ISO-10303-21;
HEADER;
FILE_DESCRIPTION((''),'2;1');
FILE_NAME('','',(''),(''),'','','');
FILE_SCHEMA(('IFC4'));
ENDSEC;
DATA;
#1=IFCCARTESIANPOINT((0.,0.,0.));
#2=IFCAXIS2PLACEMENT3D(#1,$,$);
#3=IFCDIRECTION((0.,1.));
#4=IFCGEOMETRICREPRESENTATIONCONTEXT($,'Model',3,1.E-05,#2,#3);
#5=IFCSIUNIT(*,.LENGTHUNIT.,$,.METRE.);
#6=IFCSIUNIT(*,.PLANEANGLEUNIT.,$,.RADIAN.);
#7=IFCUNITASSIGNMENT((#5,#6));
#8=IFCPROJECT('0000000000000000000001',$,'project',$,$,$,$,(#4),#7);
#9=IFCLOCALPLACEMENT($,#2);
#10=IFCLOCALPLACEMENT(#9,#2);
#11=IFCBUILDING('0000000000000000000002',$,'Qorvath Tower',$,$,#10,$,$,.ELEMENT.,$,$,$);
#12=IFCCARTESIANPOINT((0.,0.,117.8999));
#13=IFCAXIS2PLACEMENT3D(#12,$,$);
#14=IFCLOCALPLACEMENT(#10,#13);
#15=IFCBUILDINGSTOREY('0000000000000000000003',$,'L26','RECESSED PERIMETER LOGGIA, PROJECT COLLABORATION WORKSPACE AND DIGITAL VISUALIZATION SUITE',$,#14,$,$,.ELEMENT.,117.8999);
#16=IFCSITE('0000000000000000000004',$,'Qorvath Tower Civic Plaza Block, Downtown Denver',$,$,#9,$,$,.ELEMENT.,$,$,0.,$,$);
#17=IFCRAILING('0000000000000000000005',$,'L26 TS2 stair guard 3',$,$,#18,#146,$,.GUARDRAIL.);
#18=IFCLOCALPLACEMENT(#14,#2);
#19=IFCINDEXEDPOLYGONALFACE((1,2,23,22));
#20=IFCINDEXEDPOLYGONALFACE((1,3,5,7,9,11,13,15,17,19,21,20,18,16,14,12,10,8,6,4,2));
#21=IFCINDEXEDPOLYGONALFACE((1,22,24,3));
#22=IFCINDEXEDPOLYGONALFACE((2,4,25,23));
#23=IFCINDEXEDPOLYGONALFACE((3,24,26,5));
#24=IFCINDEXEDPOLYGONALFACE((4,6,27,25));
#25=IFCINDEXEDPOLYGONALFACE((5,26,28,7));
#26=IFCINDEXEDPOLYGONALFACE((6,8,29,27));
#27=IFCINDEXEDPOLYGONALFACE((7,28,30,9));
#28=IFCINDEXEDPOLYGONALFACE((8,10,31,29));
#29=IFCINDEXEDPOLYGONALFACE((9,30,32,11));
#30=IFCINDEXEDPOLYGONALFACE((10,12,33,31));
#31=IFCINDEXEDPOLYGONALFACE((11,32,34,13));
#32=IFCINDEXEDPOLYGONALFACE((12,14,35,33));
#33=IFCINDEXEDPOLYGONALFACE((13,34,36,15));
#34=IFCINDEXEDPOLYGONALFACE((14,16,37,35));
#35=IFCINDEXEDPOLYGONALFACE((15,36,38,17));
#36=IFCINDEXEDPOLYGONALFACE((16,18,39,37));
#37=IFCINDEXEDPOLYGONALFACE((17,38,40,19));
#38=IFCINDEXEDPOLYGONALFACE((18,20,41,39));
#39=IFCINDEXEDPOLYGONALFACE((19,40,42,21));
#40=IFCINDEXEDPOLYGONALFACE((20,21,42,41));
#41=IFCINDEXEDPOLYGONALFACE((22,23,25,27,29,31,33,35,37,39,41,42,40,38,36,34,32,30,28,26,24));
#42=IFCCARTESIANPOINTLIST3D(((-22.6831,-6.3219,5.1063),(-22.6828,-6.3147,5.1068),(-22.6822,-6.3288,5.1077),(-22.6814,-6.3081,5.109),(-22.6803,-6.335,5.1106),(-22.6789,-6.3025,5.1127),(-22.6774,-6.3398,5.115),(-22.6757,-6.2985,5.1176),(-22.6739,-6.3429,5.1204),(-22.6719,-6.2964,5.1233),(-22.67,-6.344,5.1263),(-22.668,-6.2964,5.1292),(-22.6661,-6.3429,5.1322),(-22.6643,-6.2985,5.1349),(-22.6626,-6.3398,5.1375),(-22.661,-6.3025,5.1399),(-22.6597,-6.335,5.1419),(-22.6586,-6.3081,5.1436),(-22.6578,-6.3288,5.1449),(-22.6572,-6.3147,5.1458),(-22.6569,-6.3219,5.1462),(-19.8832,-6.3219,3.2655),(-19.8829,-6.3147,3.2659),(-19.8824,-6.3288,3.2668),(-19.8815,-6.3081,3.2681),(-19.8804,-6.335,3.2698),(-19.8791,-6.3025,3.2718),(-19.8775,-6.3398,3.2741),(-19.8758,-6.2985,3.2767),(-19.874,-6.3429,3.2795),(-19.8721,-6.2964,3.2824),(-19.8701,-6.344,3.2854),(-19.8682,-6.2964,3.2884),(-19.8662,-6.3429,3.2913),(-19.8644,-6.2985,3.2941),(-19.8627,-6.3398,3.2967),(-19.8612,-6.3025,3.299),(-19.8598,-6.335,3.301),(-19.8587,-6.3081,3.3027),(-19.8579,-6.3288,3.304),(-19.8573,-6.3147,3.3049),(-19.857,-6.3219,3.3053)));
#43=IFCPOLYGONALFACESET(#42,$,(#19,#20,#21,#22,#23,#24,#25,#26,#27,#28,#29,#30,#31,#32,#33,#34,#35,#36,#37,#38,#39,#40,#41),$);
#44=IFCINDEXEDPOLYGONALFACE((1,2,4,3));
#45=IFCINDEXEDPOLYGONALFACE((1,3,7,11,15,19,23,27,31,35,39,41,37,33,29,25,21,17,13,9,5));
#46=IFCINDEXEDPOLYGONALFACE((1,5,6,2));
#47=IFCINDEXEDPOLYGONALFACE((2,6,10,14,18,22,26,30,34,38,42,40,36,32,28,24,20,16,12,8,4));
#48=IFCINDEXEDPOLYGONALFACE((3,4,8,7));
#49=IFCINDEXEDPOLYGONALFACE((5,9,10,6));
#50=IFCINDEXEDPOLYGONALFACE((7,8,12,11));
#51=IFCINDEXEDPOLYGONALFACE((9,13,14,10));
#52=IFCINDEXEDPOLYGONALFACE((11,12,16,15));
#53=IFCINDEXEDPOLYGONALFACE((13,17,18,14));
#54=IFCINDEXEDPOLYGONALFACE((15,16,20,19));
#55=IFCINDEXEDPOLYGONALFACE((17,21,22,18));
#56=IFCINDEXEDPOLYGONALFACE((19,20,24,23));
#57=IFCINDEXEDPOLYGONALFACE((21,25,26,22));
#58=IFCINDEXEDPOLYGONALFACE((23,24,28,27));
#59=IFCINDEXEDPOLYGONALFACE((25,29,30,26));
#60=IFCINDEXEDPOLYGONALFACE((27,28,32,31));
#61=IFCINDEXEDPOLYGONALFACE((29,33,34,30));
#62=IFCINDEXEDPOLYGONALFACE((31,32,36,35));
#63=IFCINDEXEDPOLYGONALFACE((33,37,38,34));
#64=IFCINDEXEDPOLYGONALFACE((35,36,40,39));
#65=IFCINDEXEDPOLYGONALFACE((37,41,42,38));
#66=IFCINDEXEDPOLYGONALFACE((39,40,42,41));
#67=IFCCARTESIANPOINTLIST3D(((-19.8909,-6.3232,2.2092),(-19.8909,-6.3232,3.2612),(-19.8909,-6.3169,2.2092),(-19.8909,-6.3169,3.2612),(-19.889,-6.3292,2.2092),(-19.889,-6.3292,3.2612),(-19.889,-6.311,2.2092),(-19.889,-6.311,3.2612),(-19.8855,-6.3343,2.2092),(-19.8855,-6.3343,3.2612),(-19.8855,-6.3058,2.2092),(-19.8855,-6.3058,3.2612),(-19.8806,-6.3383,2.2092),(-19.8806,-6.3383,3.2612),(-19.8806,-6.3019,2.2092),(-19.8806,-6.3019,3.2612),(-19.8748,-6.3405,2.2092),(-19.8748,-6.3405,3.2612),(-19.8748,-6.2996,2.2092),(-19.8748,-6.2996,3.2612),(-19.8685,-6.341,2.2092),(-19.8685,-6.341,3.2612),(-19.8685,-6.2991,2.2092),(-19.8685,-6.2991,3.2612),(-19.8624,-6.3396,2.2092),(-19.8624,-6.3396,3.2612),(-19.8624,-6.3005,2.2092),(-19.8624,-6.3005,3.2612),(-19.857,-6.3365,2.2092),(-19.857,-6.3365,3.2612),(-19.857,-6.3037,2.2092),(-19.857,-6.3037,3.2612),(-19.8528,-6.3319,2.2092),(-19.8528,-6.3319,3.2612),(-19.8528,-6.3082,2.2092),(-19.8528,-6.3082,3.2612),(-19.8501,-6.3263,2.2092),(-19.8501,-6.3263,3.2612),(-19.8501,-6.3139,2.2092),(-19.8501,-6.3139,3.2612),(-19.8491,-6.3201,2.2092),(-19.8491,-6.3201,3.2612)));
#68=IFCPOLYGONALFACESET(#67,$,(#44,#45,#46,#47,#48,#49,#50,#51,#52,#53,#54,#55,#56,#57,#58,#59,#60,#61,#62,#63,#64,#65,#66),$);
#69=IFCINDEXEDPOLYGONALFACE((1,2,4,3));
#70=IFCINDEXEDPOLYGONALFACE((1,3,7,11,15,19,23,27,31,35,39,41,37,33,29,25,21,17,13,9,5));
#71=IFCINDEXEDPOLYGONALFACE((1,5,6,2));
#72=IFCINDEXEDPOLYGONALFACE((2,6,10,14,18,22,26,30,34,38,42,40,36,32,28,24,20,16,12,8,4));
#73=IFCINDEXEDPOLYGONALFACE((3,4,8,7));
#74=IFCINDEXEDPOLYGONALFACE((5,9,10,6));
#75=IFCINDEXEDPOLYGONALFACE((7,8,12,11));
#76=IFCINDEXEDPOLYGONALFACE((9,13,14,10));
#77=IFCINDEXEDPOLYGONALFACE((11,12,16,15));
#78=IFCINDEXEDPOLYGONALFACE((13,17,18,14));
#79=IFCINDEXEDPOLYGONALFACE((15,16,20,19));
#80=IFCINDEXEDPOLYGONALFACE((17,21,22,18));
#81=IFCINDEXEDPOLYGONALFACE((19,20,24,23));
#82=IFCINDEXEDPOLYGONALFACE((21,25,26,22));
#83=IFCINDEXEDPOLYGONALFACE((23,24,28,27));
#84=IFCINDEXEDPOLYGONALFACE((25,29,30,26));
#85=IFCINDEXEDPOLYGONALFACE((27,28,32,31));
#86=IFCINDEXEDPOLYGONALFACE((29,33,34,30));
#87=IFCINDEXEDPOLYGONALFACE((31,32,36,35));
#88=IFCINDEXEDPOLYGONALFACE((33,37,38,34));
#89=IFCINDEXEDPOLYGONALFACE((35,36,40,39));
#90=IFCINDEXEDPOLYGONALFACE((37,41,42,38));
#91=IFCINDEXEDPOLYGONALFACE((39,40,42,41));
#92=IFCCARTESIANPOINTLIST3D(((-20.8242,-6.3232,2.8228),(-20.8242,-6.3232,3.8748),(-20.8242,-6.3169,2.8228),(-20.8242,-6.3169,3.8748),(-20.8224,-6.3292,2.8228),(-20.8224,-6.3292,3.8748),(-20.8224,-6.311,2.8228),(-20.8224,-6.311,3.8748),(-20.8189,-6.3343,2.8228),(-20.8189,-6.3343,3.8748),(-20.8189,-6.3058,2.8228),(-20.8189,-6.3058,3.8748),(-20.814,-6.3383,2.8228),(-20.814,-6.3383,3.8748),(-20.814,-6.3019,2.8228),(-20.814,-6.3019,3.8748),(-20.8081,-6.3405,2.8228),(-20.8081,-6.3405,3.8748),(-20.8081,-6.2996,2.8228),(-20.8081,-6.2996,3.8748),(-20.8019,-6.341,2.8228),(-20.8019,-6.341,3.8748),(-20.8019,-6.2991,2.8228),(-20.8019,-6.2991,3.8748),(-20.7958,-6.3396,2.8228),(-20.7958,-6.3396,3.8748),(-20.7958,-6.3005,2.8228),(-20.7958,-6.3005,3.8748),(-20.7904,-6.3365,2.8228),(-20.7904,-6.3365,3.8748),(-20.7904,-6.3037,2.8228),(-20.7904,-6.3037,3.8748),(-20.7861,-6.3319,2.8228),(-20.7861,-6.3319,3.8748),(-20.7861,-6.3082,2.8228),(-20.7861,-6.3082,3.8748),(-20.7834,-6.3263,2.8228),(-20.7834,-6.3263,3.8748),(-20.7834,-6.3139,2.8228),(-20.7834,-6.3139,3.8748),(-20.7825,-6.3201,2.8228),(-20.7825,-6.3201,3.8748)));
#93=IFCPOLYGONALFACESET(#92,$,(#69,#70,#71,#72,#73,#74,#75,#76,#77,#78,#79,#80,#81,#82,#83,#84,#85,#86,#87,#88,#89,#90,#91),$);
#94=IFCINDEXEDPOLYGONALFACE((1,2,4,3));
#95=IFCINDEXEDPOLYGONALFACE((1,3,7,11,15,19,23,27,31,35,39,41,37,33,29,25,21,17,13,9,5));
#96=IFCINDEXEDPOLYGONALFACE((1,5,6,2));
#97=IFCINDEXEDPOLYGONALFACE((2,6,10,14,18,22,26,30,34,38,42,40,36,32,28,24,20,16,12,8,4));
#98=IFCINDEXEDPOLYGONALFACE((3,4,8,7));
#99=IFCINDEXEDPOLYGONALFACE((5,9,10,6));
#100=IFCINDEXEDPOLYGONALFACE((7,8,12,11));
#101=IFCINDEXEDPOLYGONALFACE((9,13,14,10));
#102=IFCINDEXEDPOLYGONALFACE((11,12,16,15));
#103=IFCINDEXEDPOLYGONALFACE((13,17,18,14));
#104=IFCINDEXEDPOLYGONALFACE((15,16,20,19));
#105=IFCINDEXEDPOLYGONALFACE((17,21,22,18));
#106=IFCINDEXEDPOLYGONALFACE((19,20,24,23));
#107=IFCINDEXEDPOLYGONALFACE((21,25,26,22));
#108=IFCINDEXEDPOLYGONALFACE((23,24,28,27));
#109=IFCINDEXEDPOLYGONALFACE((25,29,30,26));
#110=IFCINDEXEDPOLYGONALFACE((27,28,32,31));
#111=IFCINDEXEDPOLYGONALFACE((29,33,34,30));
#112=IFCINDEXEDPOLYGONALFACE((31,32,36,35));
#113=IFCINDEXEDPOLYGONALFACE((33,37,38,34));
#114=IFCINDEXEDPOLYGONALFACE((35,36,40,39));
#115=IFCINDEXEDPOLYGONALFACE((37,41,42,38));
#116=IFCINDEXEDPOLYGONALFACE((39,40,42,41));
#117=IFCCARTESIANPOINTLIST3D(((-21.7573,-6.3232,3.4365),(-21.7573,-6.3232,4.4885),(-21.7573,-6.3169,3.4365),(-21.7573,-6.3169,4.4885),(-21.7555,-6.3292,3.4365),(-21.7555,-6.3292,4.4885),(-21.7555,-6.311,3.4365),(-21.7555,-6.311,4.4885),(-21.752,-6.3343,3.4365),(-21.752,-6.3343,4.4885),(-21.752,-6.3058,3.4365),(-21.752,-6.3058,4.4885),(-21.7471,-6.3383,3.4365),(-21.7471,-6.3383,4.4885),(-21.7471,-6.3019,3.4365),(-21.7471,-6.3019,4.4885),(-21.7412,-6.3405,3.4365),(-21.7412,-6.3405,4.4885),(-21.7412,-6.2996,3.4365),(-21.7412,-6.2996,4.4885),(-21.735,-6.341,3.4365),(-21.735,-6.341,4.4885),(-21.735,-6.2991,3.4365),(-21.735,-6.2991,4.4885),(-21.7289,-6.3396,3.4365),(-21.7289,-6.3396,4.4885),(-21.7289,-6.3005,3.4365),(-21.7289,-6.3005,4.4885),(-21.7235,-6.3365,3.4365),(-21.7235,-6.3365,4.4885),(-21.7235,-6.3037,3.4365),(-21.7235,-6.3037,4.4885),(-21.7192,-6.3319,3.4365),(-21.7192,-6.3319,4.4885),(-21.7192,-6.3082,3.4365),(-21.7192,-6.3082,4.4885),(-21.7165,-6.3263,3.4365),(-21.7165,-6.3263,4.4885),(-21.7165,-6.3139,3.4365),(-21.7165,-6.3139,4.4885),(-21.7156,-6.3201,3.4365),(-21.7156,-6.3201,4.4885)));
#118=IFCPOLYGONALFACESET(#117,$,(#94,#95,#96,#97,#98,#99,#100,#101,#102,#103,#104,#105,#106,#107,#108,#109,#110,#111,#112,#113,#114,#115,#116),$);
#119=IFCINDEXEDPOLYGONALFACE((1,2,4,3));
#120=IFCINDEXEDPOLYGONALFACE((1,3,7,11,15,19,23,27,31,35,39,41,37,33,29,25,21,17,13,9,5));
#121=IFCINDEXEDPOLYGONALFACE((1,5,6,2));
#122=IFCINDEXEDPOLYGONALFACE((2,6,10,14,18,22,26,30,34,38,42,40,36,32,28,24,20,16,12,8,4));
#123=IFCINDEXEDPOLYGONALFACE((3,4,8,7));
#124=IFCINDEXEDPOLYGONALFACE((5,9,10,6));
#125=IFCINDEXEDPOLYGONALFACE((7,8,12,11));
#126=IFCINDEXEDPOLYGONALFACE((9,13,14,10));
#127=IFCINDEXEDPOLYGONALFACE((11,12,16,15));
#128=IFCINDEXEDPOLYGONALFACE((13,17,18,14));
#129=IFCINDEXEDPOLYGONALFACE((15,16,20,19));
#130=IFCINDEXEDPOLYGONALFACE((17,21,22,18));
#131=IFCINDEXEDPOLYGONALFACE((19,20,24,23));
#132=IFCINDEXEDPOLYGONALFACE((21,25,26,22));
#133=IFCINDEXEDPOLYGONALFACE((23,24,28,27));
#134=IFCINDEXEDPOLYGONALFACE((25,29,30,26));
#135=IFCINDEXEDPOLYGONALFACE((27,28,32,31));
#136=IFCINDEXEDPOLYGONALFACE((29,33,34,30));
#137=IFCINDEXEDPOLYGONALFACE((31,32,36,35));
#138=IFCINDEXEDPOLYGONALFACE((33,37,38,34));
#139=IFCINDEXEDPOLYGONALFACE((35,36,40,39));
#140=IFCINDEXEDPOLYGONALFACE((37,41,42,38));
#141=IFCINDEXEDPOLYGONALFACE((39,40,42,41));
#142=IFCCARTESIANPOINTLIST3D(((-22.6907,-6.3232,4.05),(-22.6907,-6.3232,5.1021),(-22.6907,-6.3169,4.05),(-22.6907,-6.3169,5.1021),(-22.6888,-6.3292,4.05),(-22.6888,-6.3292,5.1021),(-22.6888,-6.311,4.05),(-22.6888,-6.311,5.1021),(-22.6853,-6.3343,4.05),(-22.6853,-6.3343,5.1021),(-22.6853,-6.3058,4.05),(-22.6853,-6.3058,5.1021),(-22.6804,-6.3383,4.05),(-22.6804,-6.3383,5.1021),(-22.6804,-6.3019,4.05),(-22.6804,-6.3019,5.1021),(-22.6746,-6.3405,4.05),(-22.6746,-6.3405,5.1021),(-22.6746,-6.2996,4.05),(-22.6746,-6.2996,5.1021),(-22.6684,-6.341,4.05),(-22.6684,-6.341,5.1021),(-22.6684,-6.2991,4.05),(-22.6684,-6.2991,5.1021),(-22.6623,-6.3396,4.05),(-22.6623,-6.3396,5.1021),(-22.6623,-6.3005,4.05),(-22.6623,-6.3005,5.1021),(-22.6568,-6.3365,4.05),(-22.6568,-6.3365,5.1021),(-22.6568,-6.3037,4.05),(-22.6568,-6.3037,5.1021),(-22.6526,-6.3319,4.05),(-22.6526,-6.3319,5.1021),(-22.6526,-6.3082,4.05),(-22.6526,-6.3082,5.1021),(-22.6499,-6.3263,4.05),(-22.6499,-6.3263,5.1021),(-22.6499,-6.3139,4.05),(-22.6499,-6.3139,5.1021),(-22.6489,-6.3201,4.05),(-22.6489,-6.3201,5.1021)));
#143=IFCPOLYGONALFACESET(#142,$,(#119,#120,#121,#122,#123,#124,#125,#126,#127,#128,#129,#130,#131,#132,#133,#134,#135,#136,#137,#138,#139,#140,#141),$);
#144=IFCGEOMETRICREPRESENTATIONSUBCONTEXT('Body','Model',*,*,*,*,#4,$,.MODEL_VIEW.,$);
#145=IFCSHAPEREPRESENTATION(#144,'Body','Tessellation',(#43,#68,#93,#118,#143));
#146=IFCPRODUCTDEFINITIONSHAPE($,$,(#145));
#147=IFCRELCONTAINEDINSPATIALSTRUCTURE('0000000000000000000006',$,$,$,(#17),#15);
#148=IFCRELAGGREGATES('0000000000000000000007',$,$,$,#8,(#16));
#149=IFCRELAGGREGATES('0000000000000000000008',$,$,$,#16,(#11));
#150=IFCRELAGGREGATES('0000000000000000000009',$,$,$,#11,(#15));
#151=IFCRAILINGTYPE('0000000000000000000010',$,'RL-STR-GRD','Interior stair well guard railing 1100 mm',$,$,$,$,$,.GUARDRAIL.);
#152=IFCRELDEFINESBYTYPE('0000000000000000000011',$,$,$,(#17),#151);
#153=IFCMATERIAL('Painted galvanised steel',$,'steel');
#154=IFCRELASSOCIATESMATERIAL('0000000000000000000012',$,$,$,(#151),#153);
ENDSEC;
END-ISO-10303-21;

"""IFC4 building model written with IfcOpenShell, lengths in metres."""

from ifc_helpers import new_model, si_unit, direction, frame, origin, origin_2d, place, context, subcontext, project, spatial, circle, extrude, material, type_object, element, save


model = new_model("IFC4")

# Units and contexts
model_context = context("Model", 3, precision=1e-05, world=origin(), true_north=direction((0.0, 1.0)))
body_context = subcontext(model_context, "Body", "Model", "MODEL_VIEW")
ifc_project = project(units=[si_unit("LENGTHUNIT", "METRE"), si_unit("PLANEANGLEUNIT", "RADIAN")], contexts=[model_context])

# Site, building, storey
site_placement = place(None, origin())
site = spatial("IfcSite", under=ifc_project, at=site_placement, Name="Qorvath Tower Civic Plaza Block, Downtown Denver", CompositionType="ELEMENT", RefElevation=0.0)
building_placement = place(site_placement, origin())
building = spatial("IfcBuilding", under=site, at=building_placement, Name="Qorvath Tower", CompositionType="ELEMENT")
storey_placement = place(building_placement, frame((0.0, 0.0, 117.8999)))
storey = spatial("IfcBuildingStorey", under=building, at=storey_placement, Name="L26", Description="RECESSED PERIMETER LOGGIA, PROJECT COLLABORATION WORKSPACE AND DIGITAL VISUALIZATION SUITE", CompositionType="ELEMENT", Elevation=117.8999)

# Railing
ifc_material_1 = material(Name="Painted galvanised steel", Category="steel")
railing_type_1 = type_object("IfcRailingType", Name="RL-STR-GRD", Description="Interior stair well guard railing 1100 mm", PredefinedType="GUARDRAIL", material=ifc_material_1)
railing_1_placement = place(storey_placement, frame((-19.8701, -6.3201, 2.2092)))
element("IfcRailing", 1, at=railing_1_placement, inside=storey, type_object=railing_type_1, Name="L26 TS2 stair guard 3", PredefinedType="GUARDRAIL", context=body_context, shape_type="SweptSolid", body=[
    extrude(circle(Radius=0.0239, at=origin_2d()), frame((0.0, 0.0, 1.0762), z_axis=(-0.835576, 0.0, 0.549376), x_axis=(0.0, -1.0, 0.0)), (0.0, 0.0, 1.0), 3.3508),
    extrude(circle(Radius=0.021, at=origin_2d()), origin(), (0.0, 0.0, 1.0), 1.052),
    extrude(circle(Radius=0.021, at=origin_2d()), frame((-0.9333, 0.0, 0.6135)), (0.0, 0.0, 1.0), 1.052),
    extrude(circle(Radius=0.021, at=origin_2d()), frame((-1.8665, 0.0, 1.2273)), (0.0, 0.0, 1.0), 1.052),
    extrude(circle(Radius=0.021, at=origin_2d()), frame((-2.7998, 0.0, 1.8408)), (0.0, 0.0, 1.0), 1.052),
])

save(model, "model.ifc")
